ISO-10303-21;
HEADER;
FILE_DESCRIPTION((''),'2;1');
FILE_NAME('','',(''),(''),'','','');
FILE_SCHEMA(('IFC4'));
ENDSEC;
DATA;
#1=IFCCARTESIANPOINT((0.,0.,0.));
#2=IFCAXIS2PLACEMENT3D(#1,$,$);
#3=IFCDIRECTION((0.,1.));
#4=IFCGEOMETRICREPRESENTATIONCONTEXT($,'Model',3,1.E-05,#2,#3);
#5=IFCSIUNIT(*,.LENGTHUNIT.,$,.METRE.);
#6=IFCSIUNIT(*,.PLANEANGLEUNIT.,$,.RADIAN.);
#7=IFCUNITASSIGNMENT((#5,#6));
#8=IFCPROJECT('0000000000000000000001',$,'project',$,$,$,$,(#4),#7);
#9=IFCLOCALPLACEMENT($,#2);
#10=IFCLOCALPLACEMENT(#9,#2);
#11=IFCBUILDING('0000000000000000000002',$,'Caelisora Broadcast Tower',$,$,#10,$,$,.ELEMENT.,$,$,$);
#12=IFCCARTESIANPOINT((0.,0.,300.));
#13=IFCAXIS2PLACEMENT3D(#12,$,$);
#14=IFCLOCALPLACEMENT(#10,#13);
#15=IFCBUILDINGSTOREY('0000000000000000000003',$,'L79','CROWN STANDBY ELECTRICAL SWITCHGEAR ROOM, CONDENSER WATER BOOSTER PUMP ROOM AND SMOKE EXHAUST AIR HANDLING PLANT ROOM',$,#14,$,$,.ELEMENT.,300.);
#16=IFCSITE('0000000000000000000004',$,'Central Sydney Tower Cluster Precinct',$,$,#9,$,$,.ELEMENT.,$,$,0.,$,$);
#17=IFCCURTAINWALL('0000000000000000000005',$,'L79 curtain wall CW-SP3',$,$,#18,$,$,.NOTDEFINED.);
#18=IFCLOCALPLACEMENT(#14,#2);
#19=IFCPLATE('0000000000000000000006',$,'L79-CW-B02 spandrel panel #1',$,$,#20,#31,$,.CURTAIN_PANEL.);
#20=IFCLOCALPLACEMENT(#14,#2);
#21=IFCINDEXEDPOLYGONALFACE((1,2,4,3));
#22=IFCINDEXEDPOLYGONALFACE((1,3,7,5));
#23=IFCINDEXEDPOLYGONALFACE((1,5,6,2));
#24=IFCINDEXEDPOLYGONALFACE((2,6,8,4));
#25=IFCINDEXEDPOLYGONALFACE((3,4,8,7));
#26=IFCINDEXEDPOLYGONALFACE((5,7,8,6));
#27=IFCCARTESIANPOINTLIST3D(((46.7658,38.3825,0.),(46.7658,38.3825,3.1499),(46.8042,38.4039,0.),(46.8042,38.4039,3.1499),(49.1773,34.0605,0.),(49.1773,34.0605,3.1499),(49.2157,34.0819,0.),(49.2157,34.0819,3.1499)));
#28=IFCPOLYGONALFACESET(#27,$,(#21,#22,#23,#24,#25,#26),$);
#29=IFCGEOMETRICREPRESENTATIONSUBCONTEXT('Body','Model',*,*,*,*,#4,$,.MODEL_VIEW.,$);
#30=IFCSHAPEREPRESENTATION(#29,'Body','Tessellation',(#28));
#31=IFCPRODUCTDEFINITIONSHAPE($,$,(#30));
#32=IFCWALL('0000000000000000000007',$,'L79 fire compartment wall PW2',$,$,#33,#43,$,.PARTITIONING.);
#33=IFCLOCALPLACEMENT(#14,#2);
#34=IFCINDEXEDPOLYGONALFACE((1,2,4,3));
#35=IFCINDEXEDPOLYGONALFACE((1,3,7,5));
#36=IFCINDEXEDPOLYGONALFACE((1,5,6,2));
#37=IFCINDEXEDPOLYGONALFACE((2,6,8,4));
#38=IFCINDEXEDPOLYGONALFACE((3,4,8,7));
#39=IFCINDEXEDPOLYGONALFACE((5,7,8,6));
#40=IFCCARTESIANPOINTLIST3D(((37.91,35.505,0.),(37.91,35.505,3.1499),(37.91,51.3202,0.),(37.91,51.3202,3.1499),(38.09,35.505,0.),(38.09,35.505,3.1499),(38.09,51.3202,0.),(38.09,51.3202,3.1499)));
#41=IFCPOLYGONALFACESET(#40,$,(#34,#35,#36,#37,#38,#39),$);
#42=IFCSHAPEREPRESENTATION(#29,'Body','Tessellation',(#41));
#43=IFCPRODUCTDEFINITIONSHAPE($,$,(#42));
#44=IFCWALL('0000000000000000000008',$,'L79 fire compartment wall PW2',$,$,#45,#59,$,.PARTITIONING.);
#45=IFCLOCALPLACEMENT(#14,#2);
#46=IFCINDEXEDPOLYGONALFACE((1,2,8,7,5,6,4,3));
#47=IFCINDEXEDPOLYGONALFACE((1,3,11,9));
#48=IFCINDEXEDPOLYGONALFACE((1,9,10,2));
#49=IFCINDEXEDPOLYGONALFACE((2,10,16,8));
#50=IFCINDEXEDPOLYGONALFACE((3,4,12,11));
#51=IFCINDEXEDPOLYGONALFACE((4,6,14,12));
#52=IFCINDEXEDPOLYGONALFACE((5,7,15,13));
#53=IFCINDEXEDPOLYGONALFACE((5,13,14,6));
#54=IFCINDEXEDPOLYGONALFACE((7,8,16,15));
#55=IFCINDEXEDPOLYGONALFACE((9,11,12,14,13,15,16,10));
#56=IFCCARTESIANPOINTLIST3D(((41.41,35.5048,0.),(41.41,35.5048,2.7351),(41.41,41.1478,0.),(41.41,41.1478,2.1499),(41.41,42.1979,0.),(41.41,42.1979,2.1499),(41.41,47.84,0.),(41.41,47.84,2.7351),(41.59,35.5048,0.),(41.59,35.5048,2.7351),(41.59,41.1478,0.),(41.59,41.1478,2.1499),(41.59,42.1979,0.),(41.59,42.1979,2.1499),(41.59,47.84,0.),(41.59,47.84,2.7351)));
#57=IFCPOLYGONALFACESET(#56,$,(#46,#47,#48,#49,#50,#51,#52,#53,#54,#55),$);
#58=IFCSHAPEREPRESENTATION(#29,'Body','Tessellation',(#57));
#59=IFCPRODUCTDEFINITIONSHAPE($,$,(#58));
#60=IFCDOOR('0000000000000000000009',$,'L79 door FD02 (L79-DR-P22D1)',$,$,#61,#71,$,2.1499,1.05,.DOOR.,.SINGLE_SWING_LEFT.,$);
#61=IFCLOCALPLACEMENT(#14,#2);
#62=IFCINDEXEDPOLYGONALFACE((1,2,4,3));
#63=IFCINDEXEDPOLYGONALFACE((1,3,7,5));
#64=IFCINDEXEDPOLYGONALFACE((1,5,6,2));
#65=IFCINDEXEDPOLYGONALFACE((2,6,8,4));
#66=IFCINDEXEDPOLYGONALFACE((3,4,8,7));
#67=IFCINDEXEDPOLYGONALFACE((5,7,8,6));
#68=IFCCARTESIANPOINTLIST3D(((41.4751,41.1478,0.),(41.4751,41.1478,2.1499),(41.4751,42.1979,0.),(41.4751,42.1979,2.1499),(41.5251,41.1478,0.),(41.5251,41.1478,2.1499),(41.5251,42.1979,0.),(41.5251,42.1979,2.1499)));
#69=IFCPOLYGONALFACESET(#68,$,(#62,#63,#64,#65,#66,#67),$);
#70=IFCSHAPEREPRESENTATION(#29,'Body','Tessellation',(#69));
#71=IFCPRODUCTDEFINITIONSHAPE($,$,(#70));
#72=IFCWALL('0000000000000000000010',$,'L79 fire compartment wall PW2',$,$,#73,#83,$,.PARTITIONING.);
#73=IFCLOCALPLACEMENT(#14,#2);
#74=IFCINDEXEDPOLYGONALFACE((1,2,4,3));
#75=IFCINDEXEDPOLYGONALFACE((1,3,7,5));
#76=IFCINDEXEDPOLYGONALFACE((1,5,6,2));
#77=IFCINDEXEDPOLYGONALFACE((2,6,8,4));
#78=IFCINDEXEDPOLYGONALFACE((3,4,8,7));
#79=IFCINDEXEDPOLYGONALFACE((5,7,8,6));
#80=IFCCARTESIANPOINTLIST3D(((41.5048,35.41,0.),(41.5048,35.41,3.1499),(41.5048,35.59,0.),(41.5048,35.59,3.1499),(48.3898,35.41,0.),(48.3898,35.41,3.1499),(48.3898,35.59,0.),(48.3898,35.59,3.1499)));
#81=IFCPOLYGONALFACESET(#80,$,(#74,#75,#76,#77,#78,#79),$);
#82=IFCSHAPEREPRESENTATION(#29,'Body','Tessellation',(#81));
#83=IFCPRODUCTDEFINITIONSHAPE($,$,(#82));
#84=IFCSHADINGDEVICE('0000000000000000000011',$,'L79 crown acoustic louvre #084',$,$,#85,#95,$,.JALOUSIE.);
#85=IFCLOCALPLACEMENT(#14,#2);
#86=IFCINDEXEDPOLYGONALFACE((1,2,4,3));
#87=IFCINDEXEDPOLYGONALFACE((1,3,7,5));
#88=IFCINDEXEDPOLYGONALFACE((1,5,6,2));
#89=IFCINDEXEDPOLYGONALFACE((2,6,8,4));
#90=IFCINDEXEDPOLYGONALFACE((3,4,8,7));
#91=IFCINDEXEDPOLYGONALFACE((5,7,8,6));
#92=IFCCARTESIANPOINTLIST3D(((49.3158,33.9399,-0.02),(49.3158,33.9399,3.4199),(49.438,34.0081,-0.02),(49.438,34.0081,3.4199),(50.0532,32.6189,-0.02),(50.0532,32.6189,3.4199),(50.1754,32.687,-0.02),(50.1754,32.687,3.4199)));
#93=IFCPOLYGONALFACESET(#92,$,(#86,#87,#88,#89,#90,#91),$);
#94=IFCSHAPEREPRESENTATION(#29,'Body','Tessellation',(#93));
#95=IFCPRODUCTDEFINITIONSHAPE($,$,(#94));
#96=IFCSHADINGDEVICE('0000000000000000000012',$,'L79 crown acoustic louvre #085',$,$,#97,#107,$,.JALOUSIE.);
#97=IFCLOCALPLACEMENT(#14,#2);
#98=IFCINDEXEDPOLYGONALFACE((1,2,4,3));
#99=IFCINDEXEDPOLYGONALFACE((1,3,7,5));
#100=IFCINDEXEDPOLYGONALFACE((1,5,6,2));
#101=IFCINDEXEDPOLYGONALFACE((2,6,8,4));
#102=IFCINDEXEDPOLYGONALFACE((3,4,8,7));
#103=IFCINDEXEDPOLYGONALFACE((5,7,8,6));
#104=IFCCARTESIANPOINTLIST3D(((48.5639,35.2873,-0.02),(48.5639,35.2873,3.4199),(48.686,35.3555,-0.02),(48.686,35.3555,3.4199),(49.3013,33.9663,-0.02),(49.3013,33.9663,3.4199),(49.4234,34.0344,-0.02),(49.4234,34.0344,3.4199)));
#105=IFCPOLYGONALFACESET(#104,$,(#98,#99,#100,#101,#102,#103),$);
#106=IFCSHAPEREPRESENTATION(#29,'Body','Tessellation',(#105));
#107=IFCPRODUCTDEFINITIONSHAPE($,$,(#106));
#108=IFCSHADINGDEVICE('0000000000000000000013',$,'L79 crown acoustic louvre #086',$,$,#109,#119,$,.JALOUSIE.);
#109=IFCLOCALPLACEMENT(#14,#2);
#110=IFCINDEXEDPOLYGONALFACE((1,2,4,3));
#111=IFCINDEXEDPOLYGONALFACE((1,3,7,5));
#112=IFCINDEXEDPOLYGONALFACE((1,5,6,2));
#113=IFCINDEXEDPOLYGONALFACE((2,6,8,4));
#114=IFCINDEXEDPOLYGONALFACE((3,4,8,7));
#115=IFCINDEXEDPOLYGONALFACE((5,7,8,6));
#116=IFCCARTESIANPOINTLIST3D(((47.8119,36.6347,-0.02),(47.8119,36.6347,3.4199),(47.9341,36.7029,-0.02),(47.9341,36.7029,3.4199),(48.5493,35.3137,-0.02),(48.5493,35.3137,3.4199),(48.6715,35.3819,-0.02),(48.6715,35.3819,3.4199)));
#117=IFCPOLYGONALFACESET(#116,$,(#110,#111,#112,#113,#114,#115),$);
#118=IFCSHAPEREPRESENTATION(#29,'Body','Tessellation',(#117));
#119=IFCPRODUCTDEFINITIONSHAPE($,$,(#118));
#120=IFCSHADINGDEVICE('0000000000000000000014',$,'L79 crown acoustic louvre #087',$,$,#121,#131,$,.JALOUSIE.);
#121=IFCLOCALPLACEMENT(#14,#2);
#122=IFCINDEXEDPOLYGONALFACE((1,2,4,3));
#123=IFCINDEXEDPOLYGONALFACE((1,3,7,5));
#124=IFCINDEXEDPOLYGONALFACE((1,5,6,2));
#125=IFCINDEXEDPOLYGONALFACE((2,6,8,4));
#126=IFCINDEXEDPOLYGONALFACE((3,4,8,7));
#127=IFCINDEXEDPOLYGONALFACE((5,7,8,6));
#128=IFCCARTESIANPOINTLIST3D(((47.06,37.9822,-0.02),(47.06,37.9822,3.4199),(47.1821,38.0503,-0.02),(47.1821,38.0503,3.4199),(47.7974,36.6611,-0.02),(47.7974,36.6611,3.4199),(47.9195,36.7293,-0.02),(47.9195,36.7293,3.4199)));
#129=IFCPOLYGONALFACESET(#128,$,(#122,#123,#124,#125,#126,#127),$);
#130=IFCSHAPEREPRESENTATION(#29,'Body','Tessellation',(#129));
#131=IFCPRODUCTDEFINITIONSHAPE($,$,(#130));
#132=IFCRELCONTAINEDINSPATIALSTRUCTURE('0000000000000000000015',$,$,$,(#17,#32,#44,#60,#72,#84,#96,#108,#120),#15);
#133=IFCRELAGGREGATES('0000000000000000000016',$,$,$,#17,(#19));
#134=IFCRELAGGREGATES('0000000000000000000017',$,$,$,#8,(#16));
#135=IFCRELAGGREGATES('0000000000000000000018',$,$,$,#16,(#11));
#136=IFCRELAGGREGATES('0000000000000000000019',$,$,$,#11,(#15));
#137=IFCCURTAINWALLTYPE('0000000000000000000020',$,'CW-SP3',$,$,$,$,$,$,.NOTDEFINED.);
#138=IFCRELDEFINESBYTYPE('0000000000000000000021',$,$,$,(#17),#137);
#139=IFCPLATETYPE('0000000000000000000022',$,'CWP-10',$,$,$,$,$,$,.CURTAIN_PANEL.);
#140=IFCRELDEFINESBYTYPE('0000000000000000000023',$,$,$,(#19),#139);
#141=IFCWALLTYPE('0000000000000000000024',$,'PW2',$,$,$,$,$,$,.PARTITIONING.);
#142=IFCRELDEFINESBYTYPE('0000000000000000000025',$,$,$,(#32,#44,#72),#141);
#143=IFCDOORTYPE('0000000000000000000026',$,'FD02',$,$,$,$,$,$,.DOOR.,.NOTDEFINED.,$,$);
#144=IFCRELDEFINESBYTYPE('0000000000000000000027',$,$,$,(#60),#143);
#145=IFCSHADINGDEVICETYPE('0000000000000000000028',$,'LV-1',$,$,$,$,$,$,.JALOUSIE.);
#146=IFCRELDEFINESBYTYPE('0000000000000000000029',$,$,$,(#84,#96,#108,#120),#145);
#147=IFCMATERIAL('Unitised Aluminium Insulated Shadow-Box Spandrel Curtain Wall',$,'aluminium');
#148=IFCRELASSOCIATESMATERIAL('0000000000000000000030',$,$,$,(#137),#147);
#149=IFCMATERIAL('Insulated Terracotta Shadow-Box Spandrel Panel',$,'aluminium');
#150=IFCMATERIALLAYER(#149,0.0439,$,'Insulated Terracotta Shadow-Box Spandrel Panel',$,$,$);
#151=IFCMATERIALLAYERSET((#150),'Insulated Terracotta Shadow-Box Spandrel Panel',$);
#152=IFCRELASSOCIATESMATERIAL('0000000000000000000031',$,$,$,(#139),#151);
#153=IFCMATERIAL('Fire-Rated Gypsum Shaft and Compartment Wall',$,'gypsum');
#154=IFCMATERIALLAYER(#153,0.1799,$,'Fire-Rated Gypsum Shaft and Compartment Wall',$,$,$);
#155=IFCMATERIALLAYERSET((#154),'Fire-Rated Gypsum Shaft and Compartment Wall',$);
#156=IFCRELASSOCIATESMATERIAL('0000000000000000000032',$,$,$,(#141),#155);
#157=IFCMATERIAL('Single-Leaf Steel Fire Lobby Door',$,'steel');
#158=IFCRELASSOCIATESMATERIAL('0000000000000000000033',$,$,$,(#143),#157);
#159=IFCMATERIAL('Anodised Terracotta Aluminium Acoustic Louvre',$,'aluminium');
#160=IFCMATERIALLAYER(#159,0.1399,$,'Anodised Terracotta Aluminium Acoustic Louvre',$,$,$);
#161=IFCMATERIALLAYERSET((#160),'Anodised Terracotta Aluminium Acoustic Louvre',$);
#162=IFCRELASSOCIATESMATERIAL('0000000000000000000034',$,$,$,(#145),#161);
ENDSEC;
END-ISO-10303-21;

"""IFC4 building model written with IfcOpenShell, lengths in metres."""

from ifc_helpers import new_model, si_unit, direction, frame, frame_2d, origin, origin_2d, place, context, subcontext, project, spatial, rectangle, extrude, source, transform, mapped, material, layer, layer_set, type_object, type_shapes, element, fill, aggregate, save


model = new_model("IFC4")

# Units and contexts
model_context = context("Model", 3, precision=1e-05, world=origin(), true_north=direction((0.0, 1.0)))
body_context = subcontext(model_context, "Body", "Model", "MODEL_VIEW")
ifc_project = project(units=[si_unit("LENGTHUNIT", "METRE"), si_unit("PLANEANGLEUNIT", "RADIAN")], contexts=[model_context])

# Site, building, storey
site_placement = place(None, origin())
site = spatial("IfcSite", under=ifc_project, at=site_placement, Name="Central Sydney Tower Cluster Precinct", CompositionType="ELEMENT", RefElevation=0.0)
building_placement = place(site_placement, origin())
building = spatial("IfcBuilding", under=site, at=building_placement, Name="Caelisora Broadcast Tower", CompositionType="ELEMENT")
storey_placement = place(building_placement, frame((0.0, 0.0, 300.0)))
storey = spatial("IfcBuildingStorey", under=building, at=storey_placement, Name="L79", Description="CROWN STANDBY ELECTRICAL SWITCHGEAR ROOM, CONDENSER WATER BOOSTER PUMP ROOM AND SMOKE EXHAUST AIR HANDLING PLANT ROOM", CompositionType="ELEMENT", Elevation=300.0)

# Shared definitions
ifc_material_1 = material(Name="Unitised Aluminium Insulated Shadow-Box Spandrel Curtain Wall", Category="aluminium")
curtain_wall_type = type_object("IfcCurtainWallType", Name="CW-SP3", PredefinedType="NOTDEFINED", material=ifc_material_1)

# Curtain wall
curtain_wall_1_placement = place(storey_placement, origin())
curtain_wall_1 = element("IfcCurtainWall", 1, at=curtain_wall_1_placement, inside=storey, type_object=curtain_wall_type, Name="L79 curtain wall CW-SP3", PredefinedType="NOTDEFINED")

# Plate
ifc_material_2 = material(Name="Insulated Terracotta Shadow-Box Spandrel Panel", Category="aluminium")
ifc_layer_1 = layer(ifc_material_2, 0.0439, Name="Insulated Terracotta Shadow-Box Spandrel Panel")
ifc_layer_set_1 = layer_set([ifc_layer_1], Name="Insulated Terracotta Shadow-Box Spandrel Panel")
plate_type_1 = type_object("IfcPlateType", Name="CWP-10", PredefinedType="CURTAIN_PANEL", material=ifc_layer_set_1)
shared_shape_1 = source(origin(), body_context, "Body", "SweptSolid", [
    extrude(rectangle(XDim=4.9492, YDim=0.0439, at=origin_2d()), origin(), (0.0, 0.0, 1.0), 3.1499),
])
type_shapes(plate_type_1, [shared_shape_1])
plate_1_placement = place(storey_placement, frame((47.9907, 36.2322, 0.0), z_axis=(0.0, 0.0, 1.0), x_axis=(0.48725, -0.873262, 0.0)))
plate_1 = element("IfcPlate", 2, at=plate_1_placement, type_object=plate_type_1, Name="L79-CW-B02 spandrel panel #1", PredefinedType="CURTAIN_PANEL", context=body_context, shape_type="MappedRepresentation", body=[
    mapped(shared_shape_1, transform((0.0, 0.0, 0.0), scale=1.0)),
])
aggregate(curtain_wall_1, [plate_1])

# Wall
ifc_material_3 = material(Name="Fire-Rated Gypsum Shaft and Compartment Wall", Category="gypsum")
ifc_layer_2 = layer(ifc_material_3, 0.1799, Name="Fire-Rated Gypsum Shaft and Compartment Wall")
ifc_layer_set_2 = layer_set([ifc_layer_2], Name="Fire-Rated Gypsum Shaft and Compartment Wall")
wall_type = type_object("IfcWallType", Name="PW2", PredefinedType="PARTITIONING", material=ifc_layer_set_2)
wall_1_placement = place(storey_placement, frame((38.0, 35.5049, 0.0), z_axis=(0.0, 0.0, 1.0), x_axis=(0.0, 1.0, 0.0)))
element("IfcWall", 3, at=wall_1_placement, inside=storey, type_object=wall_type, Name="L79 fire compartment wall PW2", PredefinedType="PARTITIONING", context=body_context, shape_type="SweptSolid", body=[
    extrude(rectangle(XDim=15.8152, YDim=0.1799, at=frame_2d((7.9077, 0.0))), origin(), (0.0, 0.0, 1.0), 3.1499),
])

# Wall, opening, door
wall_2_placement = place(storey_placement, frame((41.5, 35.5049, 0.0), z_axis=(0.0, 0.0, 1.0), x_axis=(0.0, 1.0, 0.0)))
wall_2 = element("IfcWall", 4, at=wall_2_placement, inside=storey, type_object=wall_type, Name="L79 fire compartment wall PW2", PredefinedType="PARTITIONING", context=body_context, shape_type="SweptSolid", body=[
    extrude(rectangle(XDim=12.3352, YDim=0.1799, at=frame_2d((6.1675, 0.0))), origin(), (0.0, 0.0, 1.0), 2.7351),
])
opening_1_placement = place(wall_2_placement, frame((5.6431, 0.0, 0.0)))
opening_1 = element("IfcOpeningElement", 5, at=opening_1_placement, cuts=wall_2, PredefinedType="OPENING", context=body_context, shape_type="SweptSolid", body=[
    extrude(rectangle(XDim=1.05, YDim=2.1499, at=frame_2d((0.5249, 1.075))), frame((0.0, 0.1021, 0.0), z_axis=(0.0, -1.0, 0.0), x_axis=(1.0, 0.0, 0.0)), (0.0, 0.0, 1.0), 0.2039),
])
ifc_material_4 = material(Name="Single-Leaf Steel Fire Lobby Door", Category="steel")
door_type = type_object("IfcDoorType", Name="FD02", OperationType="NOTDEFINED", PredefinedType="DOOR", material=ifc_material_4)
door_1_placement = place(opening_1_placement, origin())
door_1 = element("IfcDoor", 6, at=door_1_placement, inside=storey, type_object=door_type, Name="L79 door FD02 (L79-DR-P22D1)", OperationType="SINGLE_SWING_LEFT", OverallHeight=2.1499, OverallWidth=1.05, PredefinedType="DOOR", context=body_context, shape_type="SweptSolid", body=[
    extrude(rectangle(XDim=1.05, YDim=2.1499, at=frame_2d((0.5249, 1.075))), frame((0.0, 0.0249, 0.0), z_axis=(0.0, -1.0, 0.0), x_axis=(1.0, 0.0, 0.0)), (0.0, 0.0, 1.0), 0.05),
])
fill(opening_1, door_1)

# Wall
wall_3_placement = place(storey_placement, frame((41.5049, 35.5, 0.0), z_axis=(0.0, 0.0, 1.0), x_axis=(1.0, 0.0, 0.0)))
element("IfcWall", 7, at=wall_3_placement, inside=storey, type_object=wall_type, Name="L79 fire compartment wall PW2", PredefinedType="PARTITIONING", context=body_context, shape_type="SweptSolid", body=[
    extrude(rectangle(XDim=6.885, YDim=0.1799, at=frame_2d((3.4424, 0.0))), origin(), (0.0, 0.0, 1.0), 3.1499),
])

# Shading devices
ifc_material_5 = material(Name="Anodised Terracotta Aluminium Acoustic Louvre", Category="aluminium")
ifc_layer_3 = layer(ifc_material_5, 0.1399, Name="Anodised Terracotta Aluminium Acoustic Louvre")
ifc_layer_set_3 = layer_set([ifc_layer_3], Name="Anodised Terracotta Aluminium Acoustic Louvre")
shading_device_type = type_object("IfcShadingDeviceType", Name="LV-1", PredefinedType="JALOUSIE", material=ifc_layer_set_3)
shared_shape_2 = source(origin(), body_context, "Body", "SweptSolid", [
    extrude(rectangle(XDim=1.5129, YDim=0.1399, at=origin_2d()), origin(), (0.0, 0.0, 1.0), 3.4399),
])
type_shapes(shading_device_type, [shared_shape_2])
for number, where, z_axis, x_axis, name in (
    (8, (49.7456, 33.3135, -0.02), (0.0, 0.0, 1.0), (-0.487403, 0.873177, 0.0), "L79 crown acoustic louvre #084"),
    (9, (48.9937, 34.6609, -0.02), (0.0, 0.0, 1.0), (-0.487403, 0.873177, 0.0), "L79 crown acoustic louvre #085"),
    (10, (48.2417, 36.0083, -0.02), (0.0, 0.0, 1.0), (-0.487403, 0.873177, 0.0), "L79 crown acoustic louvre #086"),
    (11, (47.4897, 37.3557, -0.02), (0.0, 0.0, 1.0), (-0.487403, 0.873177, 0.0), "L79 crown acoustic louvre #087"),
):
    element("IfcShadingDevice", number, at=place(storey_placement, frame(where, z_axis=z_axis, x_axis=x_axis)), inside=storey, type_object=shading_device_type, Name=name, PredefinedType="JALOUSIE", context=body_context, shape_type="MappedRepresentation", body=[
        mapped(shared_shape_2, transform((0.0, 0.0, 0.0), scale=1.0)),
    ])

save(model, "model.ifc")
